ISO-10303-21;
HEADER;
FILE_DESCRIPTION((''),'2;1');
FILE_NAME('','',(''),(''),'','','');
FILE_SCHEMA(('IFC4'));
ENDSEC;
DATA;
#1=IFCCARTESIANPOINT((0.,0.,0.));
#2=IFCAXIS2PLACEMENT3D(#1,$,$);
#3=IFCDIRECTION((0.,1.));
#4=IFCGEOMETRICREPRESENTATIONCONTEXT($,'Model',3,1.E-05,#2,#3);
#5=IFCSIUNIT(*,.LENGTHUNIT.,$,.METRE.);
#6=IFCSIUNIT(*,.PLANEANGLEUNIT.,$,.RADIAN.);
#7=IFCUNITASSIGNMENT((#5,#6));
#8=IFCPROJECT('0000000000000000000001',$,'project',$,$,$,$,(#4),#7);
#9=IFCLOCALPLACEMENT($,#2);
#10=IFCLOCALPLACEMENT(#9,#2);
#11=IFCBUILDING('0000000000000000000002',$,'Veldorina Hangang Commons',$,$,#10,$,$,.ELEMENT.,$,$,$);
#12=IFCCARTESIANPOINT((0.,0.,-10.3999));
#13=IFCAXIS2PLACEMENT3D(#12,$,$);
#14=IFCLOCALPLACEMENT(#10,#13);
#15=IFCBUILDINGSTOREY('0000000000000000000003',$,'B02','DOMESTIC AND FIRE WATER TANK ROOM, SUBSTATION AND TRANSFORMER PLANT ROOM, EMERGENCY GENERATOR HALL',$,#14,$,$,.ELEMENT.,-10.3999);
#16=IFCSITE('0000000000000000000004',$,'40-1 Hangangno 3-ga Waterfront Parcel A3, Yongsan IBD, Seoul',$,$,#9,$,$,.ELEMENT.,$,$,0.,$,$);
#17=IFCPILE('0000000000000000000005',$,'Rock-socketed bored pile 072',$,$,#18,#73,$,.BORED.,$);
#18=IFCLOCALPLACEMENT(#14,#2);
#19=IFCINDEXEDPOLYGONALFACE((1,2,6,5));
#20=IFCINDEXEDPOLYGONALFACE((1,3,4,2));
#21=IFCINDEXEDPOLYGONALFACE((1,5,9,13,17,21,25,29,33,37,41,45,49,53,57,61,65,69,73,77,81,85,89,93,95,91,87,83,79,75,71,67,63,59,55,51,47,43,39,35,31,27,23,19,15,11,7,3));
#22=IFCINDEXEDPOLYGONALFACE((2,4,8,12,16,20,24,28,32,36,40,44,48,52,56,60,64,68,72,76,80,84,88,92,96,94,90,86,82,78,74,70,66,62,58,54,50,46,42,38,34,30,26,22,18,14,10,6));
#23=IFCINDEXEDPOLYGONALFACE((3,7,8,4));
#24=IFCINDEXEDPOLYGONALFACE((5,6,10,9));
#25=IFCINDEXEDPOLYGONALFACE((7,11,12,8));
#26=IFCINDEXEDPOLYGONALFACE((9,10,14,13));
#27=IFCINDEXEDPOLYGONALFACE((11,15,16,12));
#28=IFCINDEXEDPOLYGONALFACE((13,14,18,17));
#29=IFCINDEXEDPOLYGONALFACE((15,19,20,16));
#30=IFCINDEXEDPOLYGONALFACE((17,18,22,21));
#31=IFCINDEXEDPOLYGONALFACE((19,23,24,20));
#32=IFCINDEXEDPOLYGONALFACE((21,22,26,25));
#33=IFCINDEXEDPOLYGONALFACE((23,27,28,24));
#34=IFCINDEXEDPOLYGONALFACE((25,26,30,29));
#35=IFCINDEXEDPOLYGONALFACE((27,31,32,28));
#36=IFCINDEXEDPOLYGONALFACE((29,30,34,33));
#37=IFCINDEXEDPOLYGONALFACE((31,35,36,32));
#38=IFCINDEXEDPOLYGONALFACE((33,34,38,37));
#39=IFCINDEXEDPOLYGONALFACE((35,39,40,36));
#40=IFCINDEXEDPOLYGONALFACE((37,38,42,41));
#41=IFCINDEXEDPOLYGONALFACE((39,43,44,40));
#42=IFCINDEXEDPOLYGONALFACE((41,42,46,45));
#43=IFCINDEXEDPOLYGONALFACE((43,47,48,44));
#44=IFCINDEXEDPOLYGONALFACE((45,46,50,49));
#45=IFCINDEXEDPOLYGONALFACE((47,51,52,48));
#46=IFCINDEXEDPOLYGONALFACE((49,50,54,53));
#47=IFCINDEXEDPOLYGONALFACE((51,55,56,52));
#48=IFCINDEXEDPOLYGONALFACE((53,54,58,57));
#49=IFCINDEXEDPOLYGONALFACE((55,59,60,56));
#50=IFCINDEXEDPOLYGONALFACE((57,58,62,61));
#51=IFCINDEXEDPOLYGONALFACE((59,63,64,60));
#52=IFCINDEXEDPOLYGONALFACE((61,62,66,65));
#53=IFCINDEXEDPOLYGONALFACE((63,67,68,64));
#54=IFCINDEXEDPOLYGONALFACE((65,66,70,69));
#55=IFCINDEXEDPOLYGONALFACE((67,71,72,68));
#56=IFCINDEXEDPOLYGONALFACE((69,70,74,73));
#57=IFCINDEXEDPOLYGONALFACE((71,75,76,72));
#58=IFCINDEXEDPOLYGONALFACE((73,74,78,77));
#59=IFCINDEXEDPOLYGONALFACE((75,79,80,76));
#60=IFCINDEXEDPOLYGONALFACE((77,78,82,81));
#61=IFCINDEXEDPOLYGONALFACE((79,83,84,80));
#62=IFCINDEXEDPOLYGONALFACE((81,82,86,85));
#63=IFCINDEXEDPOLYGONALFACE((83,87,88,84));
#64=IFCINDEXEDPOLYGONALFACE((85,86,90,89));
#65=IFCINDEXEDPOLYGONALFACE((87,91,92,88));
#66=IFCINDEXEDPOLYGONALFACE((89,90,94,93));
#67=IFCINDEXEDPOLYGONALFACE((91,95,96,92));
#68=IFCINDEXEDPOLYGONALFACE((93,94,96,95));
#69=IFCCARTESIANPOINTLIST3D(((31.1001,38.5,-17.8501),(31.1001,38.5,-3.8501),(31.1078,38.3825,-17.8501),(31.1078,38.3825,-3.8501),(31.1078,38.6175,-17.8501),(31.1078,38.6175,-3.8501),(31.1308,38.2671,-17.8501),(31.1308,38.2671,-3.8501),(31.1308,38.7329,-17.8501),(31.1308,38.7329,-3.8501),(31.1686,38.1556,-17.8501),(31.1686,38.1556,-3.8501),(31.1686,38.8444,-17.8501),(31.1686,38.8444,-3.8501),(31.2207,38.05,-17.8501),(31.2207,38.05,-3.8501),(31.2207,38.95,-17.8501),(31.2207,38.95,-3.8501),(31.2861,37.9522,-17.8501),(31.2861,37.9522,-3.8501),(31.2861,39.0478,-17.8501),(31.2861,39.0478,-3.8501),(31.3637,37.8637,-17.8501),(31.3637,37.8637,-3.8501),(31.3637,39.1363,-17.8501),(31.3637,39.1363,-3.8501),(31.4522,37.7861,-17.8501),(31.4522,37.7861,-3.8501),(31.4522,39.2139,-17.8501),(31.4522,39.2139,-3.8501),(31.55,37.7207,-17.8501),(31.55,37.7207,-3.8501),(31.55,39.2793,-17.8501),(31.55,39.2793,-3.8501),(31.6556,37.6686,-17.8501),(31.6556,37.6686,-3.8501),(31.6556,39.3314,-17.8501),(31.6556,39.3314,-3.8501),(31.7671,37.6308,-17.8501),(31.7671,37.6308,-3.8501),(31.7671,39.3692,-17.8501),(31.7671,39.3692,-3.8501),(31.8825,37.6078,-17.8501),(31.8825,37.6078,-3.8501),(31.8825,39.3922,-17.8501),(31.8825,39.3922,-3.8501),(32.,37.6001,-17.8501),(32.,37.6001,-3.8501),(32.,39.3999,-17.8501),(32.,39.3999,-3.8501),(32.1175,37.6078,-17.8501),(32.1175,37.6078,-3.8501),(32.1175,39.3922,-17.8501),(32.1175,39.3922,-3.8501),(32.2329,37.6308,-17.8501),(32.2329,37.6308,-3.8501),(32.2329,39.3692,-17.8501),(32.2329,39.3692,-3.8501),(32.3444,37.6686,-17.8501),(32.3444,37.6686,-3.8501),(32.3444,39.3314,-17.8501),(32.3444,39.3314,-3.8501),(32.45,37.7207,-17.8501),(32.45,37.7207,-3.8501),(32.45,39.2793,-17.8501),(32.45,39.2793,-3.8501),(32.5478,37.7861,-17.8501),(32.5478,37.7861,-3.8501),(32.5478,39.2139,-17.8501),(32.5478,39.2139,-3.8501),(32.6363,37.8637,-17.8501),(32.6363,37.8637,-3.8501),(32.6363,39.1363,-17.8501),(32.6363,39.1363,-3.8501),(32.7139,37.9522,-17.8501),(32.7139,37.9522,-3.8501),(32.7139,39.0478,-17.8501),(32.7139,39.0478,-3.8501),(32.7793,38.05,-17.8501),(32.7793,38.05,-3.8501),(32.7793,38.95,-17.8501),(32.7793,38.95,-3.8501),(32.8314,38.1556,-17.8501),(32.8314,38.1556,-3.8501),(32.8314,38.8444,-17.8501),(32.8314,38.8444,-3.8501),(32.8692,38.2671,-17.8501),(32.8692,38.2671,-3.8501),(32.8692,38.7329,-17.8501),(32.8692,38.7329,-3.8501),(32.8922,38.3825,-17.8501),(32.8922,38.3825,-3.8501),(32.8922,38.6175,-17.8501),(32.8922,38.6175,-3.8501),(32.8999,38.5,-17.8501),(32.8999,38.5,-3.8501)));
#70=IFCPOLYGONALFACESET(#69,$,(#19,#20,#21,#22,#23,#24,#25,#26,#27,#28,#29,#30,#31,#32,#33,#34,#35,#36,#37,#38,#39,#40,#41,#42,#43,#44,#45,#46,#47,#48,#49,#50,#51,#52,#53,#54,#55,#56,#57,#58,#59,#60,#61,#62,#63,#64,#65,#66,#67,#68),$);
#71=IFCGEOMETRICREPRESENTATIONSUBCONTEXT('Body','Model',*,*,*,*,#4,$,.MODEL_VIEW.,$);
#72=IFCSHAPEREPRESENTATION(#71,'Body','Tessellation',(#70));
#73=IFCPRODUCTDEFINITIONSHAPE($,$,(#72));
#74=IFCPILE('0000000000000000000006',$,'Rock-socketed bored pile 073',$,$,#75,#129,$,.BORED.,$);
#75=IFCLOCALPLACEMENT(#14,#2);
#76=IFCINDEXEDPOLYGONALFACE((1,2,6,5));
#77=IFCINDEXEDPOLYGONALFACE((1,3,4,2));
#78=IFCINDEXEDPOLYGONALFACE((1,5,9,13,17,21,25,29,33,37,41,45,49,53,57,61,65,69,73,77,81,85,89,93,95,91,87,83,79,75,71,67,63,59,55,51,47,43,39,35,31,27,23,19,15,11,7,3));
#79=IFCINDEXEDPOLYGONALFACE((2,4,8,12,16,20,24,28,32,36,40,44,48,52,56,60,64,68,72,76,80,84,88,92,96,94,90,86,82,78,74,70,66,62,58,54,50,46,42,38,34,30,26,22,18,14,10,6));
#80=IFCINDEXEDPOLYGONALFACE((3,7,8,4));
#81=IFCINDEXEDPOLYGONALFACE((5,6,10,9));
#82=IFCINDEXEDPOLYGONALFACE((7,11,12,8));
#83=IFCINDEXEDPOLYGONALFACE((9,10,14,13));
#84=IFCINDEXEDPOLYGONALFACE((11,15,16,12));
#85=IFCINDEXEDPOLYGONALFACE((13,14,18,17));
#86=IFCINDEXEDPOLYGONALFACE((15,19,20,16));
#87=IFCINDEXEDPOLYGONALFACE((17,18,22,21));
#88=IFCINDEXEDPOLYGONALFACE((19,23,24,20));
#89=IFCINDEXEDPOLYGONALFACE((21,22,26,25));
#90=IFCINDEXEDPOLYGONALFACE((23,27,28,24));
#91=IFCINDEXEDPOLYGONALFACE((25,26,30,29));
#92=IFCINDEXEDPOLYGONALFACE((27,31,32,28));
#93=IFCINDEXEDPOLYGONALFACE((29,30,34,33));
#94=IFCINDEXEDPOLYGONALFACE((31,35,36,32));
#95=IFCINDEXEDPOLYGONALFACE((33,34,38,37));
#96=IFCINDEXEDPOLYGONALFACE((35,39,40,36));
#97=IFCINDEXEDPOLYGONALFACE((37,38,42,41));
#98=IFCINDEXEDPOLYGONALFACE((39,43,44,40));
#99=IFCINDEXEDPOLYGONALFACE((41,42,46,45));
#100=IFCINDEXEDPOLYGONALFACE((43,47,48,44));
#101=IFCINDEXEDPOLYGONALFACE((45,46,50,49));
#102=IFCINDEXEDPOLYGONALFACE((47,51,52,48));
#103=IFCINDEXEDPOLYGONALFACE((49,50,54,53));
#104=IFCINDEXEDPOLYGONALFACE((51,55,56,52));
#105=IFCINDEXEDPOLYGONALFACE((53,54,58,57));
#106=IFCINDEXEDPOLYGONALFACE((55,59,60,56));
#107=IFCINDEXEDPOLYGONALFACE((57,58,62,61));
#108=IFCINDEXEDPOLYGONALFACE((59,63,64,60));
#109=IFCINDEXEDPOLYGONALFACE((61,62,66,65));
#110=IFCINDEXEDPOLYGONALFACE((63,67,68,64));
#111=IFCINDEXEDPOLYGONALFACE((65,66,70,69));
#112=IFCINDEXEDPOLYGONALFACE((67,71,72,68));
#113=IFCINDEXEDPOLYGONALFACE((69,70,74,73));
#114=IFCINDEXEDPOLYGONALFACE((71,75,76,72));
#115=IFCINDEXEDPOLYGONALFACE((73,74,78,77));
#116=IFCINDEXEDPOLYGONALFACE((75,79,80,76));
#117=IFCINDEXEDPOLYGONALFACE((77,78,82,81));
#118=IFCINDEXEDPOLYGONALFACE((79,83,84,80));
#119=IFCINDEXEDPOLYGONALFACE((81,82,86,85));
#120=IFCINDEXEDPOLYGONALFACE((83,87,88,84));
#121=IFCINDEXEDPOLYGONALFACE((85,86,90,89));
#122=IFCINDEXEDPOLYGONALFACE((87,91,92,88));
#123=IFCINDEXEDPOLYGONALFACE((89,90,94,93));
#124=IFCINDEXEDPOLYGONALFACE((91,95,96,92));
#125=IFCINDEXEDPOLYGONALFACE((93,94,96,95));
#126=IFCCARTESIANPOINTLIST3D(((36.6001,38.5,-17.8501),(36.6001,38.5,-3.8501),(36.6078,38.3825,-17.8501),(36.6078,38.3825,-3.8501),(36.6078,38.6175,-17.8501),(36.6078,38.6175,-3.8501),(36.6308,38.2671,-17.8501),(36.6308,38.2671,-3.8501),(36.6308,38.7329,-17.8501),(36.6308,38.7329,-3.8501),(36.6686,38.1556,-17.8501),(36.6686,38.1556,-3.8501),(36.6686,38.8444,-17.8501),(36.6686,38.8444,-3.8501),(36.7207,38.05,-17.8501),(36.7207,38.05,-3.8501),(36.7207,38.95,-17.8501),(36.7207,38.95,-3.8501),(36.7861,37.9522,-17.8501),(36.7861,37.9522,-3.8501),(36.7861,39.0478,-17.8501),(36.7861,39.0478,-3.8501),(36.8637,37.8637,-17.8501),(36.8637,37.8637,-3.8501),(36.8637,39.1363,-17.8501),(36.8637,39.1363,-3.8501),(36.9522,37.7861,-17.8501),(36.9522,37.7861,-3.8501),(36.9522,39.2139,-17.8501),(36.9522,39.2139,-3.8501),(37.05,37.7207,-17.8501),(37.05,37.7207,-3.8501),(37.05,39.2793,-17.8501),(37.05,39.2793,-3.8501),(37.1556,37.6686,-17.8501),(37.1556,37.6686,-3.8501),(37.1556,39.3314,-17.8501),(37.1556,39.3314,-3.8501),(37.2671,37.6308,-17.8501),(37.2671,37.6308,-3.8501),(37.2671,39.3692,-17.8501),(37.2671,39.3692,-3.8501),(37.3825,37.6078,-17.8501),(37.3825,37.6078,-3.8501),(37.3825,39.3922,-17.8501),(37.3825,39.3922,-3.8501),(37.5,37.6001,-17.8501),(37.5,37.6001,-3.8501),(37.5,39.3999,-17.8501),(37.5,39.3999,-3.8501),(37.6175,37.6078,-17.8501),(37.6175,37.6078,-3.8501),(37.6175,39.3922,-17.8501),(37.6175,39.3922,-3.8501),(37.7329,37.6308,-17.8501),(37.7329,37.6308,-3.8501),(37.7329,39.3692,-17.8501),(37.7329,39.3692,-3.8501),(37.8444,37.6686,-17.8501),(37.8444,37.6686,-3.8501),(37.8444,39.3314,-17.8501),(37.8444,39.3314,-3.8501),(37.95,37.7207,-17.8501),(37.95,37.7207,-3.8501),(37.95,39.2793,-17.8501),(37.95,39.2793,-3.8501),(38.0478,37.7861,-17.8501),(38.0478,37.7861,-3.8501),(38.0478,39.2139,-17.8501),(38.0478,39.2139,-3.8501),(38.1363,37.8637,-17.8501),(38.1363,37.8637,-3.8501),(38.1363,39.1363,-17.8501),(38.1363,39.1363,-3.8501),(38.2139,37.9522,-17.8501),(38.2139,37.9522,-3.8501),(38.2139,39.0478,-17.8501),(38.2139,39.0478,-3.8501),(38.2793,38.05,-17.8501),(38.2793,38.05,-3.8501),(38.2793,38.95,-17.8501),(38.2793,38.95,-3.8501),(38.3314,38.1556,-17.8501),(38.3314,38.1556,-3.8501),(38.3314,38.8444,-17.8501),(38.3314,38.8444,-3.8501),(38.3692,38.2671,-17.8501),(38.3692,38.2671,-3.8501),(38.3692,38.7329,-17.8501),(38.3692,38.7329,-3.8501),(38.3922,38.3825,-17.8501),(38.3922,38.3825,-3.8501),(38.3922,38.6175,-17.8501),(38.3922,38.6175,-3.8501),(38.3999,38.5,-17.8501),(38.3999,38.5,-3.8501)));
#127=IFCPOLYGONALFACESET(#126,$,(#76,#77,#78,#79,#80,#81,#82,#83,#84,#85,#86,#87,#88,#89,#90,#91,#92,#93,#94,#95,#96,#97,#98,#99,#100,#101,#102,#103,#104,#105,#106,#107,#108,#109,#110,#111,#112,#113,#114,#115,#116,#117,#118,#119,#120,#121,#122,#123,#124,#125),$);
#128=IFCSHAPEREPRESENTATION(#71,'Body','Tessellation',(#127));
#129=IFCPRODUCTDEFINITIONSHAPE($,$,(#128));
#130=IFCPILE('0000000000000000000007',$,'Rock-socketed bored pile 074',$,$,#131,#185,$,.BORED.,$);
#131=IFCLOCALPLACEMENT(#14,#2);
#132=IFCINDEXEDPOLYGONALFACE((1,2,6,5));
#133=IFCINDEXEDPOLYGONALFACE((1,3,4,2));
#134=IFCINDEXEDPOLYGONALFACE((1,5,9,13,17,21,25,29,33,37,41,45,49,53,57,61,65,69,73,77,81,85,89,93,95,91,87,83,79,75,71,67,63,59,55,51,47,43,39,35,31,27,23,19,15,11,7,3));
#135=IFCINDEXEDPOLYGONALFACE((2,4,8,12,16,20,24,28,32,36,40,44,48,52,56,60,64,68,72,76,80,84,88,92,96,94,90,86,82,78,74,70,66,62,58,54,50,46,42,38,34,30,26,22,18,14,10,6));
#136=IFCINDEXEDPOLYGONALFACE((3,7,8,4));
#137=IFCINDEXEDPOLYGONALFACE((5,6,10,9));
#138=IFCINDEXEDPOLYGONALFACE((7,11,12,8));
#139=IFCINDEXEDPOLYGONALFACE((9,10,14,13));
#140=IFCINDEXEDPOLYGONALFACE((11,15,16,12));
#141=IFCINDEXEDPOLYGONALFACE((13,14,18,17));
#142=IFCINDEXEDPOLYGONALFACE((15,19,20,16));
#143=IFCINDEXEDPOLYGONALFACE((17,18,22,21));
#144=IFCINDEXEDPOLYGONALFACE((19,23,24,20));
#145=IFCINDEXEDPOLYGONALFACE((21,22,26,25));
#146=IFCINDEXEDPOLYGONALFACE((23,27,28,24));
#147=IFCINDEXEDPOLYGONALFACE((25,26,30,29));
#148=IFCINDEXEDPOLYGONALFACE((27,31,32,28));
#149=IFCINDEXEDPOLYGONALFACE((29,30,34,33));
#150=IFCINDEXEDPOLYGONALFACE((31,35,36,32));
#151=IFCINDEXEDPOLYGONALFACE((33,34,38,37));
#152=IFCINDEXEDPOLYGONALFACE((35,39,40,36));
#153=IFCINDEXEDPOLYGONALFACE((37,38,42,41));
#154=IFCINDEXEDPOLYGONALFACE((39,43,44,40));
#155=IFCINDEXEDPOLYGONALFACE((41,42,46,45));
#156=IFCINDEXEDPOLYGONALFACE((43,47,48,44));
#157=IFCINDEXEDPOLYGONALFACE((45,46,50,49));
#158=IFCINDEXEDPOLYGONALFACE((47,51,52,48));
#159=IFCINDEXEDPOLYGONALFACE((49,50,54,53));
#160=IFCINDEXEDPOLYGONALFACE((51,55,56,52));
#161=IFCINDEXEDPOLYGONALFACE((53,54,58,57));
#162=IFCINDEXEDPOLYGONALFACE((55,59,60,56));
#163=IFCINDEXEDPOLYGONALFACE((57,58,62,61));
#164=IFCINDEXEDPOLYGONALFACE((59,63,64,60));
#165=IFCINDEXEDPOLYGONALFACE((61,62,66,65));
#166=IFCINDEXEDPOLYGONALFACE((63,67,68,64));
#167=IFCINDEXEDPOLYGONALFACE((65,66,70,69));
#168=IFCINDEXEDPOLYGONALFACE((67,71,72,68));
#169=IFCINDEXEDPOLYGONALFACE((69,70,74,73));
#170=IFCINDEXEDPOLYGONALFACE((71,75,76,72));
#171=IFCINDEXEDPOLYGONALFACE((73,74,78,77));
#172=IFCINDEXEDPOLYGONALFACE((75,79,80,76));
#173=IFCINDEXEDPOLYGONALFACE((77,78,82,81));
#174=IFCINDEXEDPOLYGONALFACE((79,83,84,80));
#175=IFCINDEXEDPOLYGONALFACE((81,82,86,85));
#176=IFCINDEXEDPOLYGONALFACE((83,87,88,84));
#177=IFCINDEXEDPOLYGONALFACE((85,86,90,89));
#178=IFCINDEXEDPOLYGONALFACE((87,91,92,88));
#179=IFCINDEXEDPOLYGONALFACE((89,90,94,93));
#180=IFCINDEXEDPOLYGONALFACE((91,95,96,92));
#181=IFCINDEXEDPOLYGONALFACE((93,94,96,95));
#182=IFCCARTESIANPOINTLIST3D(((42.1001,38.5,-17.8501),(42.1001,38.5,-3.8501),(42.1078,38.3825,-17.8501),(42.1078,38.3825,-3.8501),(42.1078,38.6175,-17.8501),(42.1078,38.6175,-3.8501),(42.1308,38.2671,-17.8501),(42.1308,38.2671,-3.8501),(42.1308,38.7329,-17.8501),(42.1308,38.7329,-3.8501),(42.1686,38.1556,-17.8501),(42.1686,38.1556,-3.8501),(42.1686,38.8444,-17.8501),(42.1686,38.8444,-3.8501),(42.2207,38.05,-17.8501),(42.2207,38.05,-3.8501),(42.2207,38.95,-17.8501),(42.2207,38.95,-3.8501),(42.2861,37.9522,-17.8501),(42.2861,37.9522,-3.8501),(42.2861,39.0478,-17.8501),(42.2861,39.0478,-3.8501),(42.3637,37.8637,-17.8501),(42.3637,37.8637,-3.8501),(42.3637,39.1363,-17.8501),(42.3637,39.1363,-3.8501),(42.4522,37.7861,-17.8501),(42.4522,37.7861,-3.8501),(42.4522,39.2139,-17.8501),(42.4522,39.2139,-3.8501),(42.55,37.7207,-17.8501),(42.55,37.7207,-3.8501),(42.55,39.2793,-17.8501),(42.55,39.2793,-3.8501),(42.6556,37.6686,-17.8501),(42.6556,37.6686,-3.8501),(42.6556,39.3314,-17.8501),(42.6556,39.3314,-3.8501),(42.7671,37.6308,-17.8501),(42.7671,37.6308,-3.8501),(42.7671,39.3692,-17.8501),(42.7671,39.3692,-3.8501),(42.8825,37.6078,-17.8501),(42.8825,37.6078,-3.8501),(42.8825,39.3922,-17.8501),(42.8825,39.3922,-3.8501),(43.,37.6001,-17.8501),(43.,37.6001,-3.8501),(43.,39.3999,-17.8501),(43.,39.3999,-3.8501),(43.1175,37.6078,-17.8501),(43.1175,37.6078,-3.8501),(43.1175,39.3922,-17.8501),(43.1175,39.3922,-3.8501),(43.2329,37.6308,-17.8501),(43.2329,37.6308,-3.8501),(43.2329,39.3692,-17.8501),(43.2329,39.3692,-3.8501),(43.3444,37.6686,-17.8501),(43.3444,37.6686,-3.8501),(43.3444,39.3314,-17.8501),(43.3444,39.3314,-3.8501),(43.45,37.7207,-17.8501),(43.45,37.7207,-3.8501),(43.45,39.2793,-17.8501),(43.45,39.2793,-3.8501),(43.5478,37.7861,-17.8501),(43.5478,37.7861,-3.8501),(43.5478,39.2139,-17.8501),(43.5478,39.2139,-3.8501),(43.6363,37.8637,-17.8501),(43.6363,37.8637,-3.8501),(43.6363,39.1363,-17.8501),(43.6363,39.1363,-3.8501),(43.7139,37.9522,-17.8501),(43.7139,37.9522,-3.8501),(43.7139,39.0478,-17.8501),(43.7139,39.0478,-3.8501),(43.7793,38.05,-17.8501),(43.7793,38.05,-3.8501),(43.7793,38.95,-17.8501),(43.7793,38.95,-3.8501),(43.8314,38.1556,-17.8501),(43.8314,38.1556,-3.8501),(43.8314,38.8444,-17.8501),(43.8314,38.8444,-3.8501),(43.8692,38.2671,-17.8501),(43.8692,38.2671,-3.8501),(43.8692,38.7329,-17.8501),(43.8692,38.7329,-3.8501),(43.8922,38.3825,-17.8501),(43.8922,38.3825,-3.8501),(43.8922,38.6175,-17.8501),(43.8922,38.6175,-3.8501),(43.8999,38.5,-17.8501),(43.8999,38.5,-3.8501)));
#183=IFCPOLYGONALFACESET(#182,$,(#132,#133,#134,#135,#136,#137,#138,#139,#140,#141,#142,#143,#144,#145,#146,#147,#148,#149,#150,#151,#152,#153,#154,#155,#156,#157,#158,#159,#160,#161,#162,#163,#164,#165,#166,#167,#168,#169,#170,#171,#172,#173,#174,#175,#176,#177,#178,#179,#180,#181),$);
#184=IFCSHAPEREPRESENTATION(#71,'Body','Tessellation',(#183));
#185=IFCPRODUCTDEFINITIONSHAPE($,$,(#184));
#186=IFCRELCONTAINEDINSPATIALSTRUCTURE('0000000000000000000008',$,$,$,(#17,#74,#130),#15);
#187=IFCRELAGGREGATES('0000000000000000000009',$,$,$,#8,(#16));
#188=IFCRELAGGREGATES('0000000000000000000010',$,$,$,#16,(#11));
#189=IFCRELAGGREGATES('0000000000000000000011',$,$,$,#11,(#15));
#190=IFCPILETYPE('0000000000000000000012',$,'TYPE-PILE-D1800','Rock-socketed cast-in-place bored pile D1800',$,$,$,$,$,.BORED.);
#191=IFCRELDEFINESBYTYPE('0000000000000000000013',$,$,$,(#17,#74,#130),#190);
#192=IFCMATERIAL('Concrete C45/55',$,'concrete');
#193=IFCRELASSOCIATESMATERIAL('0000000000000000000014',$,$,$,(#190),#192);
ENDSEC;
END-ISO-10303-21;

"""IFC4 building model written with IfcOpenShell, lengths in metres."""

from ifc_helpers import new_model, si_unit, direction, frame, origin, origin_2d, place, context, subcontext, project, spatial, circle, extrude, material, material_profile, profile_set, type_object, element, save


model = new_model("IFC4")

# Units and contexts
model_context = context("Model", 3, precision=1e-05, world=origin(), true_north=direction((0.0, 1.0)))
body_context = subcontext(model_context, "Body", "Model", "MODEL_VIEW")
ifc_project = project(units=[si_unit("LENGTHUNIT", "METRE"), si_unit("PLANEANGLEUNIT", "RADIAN")], contexts=[model_context])

# Site, building, storey
site_placement = place(None, origin())
site = spatial("IfcSite", under=ifc_project, at=site_placement, Name="40-1 Hangangno 3-ga Waterfront Parcel A3, Yongsan IBD, Seoul", CompositionType="ELEMENT", RefElevation=0.0)
building_placement = place(site_placement, origin())
building = spatial("IfcBuilding", under=site, at=building_placement, Name="Veldorina Hangang Commons", CompositionType="ELEMENT")
storey_placement = place(building_placement, frame((0.0, 0.0, -10.3999)))
storey = spatial("IfcBuildingStorey", under=building, at=storey_placement, Name="B02", Description="DOMESTIC AND FIRE WATER TANK ROOM, SUBSTATION AND TRANSFORMER PLANT ROOM, EMERGENCY GENERATOR HALL", CompositionType="ELEMENT", Elevation=-10.3999)

# Piles
ifc_material_1 = material(Name="Concrete C45/55", Category="concrete")
ifc_material_profile_1 = material_profile(ifc_material_1, circle(Radius=0.8999, at=origin_2d()), Name="PILE-D1800")
ifc_profile_set_1 = profile_set([ifc_material_profile_1], Name="Concrete C45/55")
pile_type_1 = type_object("IfcPileType", Name="TYPE-PILE-D1800", Description="Rock-socketed cast-in-place bored pile D1800", PredefinedType="BORED", material=ifc_profile_set_1)
for number, where, z_axis, x_axis, name in (
    (1, (32.0, 38.5, -3.8501), (0.0, 0.0, -1.0), (1.0, 0.0, 0.0), "Rock-socketed bored pile 072"),
    (2, (37.5, 38.5, -3.8501), (0.0, 0.0, -1.0), (1.0, 0.0, 0.0), "Rock-socketed bored pile 073"),
    (3, (43.0, 38.5, -3.8501), (0.0, 0.0, -1.0), (1.0, 0.0, 0.0), "Rock-socketed bored pile 074"),
):
    element("IfcPile", number, at=place(storey_placement, frame(where, z_axis=z_axis, x_axis=x_axis)), inside=storey, type_object=pile_type_1, Name=name, PredefinedType="BORED", context=body_context, shape_type="SweptSolid", body=[
        extrude(circle(Radius=0.8999, at=origin_2d()), origin(), (0.0, 0.0, 1.0), 14.0),
    ])

save(model, "model.ifc")
